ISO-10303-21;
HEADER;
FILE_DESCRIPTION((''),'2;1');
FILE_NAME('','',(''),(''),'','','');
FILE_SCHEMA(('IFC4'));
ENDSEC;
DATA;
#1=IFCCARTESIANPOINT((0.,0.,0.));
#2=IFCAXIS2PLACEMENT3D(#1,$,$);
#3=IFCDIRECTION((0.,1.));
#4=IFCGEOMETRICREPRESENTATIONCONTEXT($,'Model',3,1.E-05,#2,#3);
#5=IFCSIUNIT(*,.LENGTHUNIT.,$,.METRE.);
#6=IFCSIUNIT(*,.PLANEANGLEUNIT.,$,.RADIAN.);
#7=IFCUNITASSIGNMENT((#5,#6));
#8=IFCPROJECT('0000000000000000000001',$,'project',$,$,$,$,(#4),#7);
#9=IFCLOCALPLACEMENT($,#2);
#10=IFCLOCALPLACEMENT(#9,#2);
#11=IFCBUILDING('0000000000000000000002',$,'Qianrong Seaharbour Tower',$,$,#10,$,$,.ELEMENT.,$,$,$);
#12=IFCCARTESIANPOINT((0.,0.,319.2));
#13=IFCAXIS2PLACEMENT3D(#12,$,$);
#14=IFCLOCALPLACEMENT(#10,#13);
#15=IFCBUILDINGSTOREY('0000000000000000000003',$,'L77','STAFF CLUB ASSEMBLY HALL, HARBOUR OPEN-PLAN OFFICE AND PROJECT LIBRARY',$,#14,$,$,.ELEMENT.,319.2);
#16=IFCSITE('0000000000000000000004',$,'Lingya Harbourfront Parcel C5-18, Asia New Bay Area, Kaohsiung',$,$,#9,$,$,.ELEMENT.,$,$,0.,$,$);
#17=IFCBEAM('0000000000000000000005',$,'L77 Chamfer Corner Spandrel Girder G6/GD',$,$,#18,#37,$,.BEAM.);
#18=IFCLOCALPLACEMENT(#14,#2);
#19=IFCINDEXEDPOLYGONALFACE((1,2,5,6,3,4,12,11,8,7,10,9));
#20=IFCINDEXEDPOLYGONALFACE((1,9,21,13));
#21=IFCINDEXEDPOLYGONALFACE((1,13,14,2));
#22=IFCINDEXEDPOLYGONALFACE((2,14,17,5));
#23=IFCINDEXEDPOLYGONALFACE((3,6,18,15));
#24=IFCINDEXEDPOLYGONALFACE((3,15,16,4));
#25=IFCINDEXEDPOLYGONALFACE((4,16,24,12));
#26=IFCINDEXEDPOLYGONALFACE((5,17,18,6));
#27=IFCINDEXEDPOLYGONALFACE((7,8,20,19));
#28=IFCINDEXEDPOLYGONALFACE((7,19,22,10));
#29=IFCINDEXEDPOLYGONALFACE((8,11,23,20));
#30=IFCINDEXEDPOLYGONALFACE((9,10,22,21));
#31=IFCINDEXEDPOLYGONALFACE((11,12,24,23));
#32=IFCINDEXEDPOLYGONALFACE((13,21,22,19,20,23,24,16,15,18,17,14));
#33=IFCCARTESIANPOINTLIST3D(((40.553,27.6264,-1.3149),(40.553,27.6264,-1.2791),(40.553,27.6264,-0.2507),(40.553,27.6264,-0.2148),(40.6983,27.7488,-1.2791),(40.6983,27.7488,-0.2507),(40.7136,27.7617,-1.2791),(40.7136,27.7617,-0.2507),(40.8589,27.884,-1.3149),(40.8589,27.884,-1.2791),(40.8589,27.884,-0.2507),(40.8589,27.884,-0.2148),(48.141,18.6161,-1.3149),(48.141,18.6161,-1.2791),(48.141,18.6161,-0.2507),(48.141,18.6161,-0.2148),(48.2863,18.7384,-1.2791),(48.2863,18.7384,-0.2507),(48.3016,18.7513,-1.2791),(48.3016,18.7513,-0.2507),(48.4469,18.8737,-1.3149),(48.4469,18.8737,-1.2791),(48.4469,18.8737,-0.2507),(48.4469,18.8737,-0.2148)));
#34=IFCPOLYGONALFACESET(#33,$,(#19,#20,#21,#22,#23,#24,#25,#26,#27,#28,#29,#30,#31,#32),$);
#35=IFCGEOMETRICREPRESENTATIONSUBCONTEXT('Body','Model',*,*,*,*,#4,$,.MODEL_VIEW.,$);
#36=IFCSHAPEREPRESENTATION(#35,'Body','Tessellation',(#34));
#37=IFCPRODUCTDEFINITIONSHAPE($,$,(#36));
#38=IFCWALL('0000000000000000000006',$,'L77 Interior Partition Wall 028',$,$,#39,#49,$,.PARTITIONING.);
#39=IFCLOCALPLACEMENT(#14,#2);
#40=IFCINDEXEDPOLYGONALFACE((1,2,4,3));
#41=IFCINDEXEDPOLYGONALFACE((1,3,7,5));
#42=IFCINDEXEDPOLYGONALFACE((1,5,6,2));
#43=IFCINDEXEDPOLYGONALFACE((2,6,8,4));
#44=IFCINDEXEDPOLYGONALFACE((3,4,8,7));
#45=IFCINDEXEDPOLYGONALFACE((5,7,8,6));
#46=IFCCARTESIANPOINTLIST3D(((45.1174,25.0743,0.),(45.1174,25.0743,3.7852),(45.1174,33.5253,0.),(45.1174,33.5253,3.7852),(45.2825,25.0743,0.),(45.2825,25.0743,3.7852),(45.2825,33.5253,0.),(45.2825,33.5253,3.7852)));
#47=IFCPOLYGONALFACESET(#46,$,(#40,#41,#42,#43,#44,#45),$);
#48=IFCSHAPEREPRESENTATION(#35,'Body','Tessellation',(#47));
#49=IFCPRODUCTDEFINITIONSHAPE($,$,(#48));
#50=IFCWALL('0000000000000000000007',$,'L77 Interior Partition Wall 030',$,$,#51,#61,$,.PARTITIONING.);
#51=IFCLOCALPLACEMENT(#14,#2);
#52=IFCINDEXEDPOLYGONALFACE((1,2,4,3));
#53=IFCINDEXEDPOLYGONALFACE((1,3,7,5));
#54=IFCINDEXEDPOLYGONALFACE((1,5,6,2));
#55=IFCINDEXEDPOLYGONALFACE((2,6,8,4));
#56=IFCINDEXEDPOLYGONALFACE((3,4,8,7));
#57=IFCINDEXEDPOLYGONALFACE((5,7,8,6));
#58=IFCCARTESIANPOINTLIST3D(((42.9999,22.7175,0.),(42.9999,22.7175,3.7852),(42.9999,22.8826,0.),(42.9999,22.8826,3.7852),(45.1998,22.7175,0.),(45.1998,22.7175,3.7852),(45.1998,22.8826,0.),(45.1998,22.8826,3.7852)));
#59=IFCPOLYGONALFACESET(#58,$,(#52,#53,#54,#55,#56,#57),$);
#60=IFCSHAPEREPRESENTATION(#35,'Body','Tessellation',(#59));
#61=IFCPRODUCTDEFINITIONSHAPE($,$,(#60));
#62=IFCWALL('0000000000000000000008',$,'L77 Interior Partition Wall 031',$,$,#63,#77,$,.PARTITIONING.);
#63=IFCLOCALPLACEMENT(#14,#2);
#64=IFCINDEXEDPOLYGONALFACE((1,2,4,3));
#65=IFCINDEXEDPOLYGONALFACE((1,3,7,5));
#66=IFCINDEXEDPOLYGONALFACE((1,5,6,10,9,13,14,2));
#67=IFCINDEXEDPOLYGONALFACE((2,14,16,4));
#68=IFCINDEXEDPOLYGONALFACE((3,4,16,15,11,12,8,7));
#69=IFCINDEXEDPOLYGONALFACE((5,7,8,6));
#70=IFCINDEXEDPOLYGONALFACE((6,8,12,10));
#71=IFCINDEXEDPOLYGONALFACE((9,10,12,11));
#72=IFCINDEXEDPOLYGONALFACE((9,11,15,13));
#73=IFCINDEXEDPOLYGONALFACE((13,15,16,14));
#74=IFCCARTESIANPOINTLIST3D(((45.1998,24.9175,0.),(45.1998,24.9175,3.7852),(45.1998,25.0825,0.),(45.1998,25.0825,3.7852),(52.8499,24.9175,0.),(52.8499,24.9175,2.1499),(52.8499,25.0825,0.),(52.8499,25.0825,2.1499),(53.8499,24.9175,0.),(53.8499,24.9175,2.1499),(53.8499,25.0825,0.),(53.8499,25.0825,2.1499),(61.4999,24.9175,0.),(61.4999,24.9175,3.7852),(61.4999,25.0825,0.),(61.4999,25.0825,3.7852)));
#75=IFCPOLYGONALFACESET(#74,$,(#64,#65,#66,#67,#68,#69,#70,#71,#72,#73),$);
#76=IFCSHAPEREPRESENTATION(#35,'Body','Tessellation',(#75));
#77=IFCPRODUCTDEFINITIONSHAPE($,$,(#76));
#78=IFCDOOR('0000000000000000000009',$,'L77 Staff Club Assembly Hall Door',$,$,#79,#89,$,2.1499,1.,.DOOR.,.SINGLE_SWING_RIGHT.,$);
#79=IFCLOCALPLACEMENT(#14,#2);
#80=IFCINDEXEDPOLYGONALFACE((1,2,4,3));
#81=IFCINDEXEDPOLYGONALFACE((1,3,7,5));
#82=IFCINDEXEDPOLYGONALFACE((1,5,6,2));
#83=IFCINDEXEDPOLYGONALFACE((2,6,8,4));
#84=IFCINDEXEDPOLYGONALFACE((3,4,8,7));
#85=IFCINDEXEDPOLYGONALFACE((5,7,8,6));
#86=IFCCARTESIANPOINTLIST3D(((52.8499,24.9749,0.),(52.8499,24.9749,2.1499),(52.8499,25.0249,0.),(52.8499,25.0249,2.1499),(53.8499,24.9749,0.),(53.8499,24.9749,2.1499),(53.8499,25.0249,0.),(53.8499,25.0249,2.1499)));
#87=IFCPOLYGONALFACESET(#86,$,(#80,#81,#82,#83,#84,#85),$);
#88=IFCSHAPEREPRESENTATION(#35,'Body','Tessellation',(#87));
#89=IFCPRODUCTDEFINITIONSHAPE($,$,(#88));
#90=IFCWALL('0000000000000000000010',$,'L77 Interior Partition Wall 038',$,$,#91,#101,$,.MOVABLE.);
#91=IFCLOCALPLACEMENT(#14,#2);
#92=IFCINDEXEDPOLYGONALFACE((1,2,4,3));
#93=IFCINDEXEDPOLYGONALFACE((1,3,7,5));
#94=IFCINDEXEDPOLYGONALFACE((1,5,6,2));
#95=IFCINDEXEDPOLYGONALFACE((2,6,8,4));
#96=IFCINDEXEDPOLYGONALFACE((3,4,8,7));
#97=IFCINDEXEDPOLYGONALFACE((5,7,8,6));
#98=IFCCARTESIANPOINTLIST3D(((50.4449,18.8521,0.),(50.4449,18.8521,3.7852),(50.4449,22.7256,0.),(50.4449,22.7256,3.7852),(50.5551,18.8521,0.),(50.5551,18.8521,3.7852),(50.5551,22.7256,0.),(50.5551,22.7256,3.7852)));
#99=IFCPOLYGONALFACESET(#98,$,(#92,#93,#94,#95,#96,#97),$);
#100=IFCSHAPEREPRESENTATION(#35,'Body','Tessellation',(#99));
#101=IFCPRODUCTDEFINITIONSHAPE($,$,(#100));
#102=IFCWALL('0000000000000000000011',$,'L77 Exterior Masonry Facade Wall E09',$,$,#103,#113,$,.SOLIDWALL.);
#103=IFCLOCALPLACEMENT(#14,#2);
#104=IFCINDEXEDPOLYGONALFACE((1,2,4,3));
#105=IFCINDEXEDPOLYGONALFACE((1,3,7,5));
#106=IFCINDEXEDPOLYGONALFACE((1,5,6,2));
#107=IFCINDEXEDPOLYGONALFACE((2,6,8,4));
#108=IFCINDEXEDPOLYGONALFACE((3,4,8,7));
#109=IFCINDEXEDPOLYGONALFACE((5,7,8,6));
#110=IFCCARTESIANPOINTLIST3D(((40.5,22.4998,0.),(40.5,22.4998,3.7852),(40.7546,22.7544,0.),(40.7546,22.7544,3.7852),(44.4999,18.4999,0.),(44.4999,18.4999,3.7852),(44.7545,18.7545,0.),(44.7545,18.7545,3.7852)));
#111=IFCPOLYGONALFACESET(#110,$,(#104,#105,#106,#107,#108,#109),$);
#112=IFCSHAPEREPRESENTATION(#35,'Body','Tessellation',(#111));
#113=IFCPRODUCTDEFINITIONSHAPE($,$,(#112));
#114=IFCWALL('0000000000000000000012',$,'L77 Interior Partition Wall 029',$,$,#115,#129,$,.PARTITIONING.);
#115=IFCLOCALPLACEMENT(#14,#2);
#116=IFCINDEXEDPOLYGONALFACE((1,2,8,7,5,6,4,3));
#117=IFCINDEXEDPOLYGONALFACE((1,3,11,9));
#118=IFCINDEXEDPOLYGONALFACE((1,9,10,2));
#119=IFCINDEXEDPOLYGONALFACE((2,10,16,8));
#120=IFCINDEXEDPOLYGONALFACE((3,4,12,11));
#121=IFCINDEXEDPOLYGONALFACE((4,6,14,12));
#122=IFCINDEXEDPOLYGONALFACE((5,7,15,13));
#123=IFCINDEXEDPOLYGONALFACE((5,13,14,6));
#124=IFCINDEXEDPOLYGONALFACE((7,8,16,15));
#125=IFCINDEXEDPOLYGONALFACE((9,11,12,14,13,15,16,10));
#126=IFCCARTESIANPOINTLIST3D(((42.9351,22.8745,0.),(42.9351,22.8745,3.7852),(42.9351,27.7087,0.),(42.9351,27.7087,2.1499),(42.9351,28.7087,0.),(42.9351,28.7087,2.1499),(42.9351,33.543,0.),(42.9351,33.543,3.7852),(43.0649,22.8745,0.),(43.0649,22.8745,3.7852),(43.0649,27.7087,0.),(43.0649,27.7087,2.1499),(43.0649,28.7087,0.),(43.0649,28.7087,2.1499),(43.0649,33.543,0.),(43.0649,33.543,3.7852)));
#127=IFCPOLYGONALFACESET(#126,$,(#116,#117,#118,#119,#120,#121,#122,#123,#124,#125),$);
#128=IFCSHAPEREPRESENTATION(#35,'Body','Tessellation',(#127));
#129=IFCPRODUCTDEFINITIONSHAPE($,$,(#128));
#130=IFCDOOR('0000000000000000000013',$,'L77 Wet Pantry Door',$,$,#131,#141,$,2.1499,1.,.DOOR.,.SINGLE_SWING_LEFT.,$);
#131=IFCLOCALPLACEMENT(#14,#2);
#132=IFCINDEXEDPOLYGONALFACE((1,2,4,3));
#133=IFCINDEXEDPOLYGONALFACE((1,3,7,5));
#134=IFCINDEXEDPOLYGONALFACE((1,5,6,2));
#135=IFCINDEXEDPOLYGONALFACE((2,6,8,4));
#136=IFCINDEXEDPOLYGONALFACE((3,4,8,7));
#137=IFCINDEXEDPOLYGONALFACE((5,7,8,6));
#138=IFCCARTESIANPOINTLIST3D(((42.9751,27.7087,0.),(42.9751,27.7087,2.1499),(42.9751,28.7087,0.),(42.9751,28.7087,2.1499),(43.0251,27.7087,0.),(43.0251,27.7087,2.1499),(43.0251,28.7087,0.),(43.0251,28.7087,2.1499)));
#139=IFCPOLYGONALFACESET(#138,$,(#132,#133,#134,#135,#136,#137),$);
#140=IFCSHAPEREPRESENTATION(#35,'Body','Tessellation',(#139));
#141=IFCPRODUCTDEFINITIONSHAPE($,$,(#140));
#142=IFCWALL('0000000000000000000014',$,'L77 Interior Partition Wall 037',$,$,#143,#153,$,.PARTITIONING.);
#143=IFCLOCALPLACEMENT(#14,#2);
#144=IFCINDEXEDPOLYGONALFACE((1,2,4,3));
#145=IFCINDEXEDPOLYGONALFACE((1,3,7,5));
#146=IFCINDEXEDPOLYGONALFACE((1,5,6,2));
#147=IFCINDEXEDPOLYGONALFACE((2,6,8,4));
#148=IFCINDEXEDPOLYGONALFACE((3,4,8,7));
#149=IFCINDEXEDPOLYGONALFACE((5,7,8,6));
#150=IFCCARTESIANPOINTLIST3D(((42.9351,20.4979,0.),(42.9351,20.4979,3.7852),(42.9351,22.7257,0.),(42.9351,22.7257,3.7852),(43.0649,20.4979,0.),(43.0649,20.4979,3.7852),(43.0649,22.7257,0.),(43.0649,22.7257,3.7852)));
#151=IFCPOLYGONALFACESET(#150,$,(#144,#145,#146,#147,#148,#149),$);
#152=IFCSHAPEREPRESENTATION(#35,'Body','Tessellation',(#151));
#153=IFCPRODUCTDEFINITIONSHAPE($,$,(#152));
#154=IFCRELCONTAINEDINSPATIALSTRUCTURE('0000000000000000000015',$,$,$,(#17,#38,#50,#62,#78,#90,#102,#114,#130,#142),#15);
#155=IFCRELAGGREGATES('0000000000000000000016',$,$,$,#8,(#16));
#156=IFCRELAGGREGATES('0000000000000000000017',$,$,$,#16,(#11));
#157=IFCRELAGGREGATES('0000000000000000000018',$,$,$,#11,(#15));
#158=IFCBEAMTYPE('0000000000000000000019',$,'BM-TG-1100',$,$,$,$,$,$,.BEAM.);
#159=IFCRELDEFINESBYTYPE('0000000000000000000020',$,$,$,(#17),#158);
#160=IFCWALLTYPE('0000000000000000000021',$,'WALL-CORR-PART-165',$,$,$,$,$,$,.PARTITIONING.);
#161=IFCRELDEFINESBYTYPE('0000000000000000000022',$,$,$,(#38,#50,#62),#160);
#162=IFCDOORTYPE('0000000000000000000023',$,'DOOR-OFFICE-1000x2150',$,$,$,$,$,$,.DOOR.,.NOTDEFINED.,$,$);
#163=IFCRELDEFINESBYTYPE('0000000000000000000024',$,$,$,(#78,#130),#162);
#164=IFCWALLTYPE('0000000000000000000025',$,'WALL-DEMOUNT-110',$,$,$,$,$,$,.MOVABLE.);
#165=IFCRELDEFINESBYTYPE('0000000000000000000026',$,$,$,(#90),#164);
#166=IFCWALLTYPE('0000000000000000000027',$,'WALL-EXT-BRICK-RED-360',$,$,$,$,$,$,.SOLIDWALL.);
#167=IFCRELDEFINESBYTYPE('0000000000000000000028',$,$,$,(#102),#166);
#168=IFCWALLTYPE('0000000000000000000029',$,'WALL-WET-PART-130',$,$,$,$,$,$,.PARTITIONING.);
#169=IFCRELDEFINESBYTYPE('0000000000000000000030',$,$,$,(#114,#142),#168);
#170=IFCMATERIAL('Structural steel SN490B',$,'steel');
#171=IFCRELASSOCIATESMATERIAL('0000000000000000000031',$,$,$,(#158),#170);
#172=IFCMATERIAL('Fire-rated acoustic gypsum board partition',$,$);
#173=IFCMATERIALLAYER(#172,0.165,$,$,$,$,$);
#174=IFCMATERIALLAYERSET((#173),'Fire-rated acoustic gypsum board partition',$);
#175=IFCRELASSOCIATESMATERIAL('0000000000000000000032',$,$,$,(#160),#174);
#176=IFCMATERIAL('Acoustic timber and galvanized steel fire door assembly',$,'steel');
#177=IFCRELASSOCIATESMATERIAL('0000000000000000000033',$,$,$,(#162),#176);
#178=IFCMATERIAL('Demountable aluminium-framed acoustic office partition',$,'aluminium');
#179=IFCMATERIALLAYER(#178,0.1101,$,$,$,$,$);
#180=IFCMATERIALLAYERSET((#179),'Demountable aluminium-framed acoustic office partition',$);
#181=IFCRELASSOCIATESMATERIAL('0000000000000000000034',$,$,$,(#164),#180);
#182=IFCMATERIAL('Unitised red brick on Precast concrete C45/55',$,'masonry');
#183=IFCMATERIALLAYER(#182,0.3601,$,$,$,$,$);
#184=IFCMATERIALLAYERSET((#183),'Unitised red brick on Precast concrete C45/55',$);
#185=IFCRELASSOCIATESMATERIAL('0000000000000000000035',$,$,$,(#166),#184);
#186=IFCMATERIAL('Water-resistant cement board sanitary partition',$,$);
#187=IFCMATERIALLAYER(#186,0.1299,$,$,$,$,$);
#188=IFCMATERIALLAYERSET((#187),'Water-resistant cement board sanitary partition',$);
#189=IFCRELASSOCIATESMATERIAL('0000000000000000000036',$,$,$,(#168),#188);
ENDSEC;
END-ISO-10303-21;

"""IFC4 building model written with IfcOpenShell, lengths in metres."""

from ifc_helpers import new_model, si_unit, direction, frame, frame_2d, origin, origin_2d, place, context, subcontext, project, spatial, rectangle, i_section, extrude, material, layer, layer_set, material_profile, profile_set, type_object, element, fill, save


model = new_model("IFC4")

# Units and contexts
model_context = context("Model", 3, precision=1e-05, world=origin(), true_north=direction((0.0, 1.0)))
body_context = subcontext(model_context, "Body", "Model", "MODEL_VIEW")
ifc_project = project(units=[si_unit("LENGTHUNIT", "METRE"), si_unit("PLANEANGLEUNIT", "RADIAN")], contexts=[model_context])

# Site, building, storey
site_placement = place(None, origin())
site = spatial("IfcSite", under=ifc_project, at=site_placement, Name="Lingya Harbourfront Parcel C5-18, Asia New Bay Area, Kaohsiung", CompositionType="ELEMENT", RefElevation=0.0)
building_placement = place(site_placement, origin())
building = spatial("IfcBuilding", under=site, at=building_placement, Name="Qianrong Seaharbour Tower", CompositionType="ELEMENT")
storey_placement = place(building_placement, frame((0.0, 0.0, 319.2)))
storey = spatial("IfcBuildingStorey", under=building, at=storey_placement, Name="L77", Description="STAFF CLUB ASSEMBLY HALL, HARBOUR OPEN-PLAN OFFICE AND PROJECT LIBRARY", CompositionType="ELEMENT", Elevation=319.2)

# Beam
ifc_material_1 = material(Name="Structural steel SN490B", Category="steel")
ifc_material_profile_1 = material_profile(ifc_material_1, i_section(OverallWidth=0.3999, OverallDepth=1.1001, WebThickness=0.02, FlangeThickness=0.0359, at=origin_2d()), Name="BH1100x400x20x36")
ifc_profile_set_1 = profile_set([ifc_material_profile_1], Name="Structural steel SN490B")
beam_type_1 = type_object("IfcBeamType", Name="BM-TG-1100", PredefinedType="BEAM", material=ifc_profile_set_1)
beam_1_placement = place(storey_placement, frame((48.2939, 18.7449, -0.7649), z_axis=(-0.644151, 0.764898, 0.0), x_axis=(-0.764898, -0.644151, 0.0)))
element("IfcBeam", 1, at=beam_1_placement, inside=storey, type_object=beam_type_1, Name="L77 Chamfer Corner Spandrel Girder G6/GD", PredefinedType="BEAM", context=body_context, shape_type="SweptSolid", body=[
    extrude(i_section(OverallWidth=0.3999, OverallDepth=1.1001, WebThickness=0.02, FlangeThickness=0.0359, at=origin_2d()), origin(), (0.0, 0.0, 1.0), 11.7798),
])

# Shared definitions
ifc_material_2 = material(Name="Fire-rated acoustic gypsum board partition")
ifc_layer_1 = layer(ifc_material_2, 0.165)
ifc_layer_set_1 = layer_set([ifc_layer_1], Name="Fire-rated acoustic gypsum board partition")
wall_type_1 = type_object("IfcWallType", Name="WALL-CORR-PART-165", PredefinedType="PARTITIONING", material=ifc_layer_set_1)
ifc_material_3 = material(Name="Acoustic timber and galvanized steel fire door assembly", Category="steel")
door_type = type_object("IfcDoorType", Name="DOOR-OFFICE-1000x2150", OperationType="NOTDEFINED", PredefinedType="DOOR", material=ifc_material_3)

# Walls
wall_1_placement = place(storey_placement, frame((45.2, 33.5254, 0.0), z_axis=(0.0, 0.0, 1.0), x_axis=(0.0, -1.0, 0.0)))
element("IfcWall", 2, at=wall_1_placement, inside=storey, type_object=wall_type_1, Name="L77 Interior Partition Wall 028", PredefinedType="PARTITIONING", context=body_context, shape_type="SweptSolid", body=[
    extrude(rectangle(XDim=8.4509, YDim=0.165, at=frame_2d((4.2256, 0.0))), origin(), (0.0, 0.0, 1.0), 3.7852),
])
wall_2_placement = place(storey_placement, frame((45.2, 22.8, 0.0), z_axis=(0.0, 0.0, 1.0), x_axis=(-1.0, 0.0, 0.0)))
element("IfcWall", 3, at=wall_2_placement, inside=storey, type_object=wall_type_1, Name="L77 Interior Partition Wall 030", PredefinedType="PARTITIONING", context=body_context, shape_type="SweptSolid", body=[
    extrude(rectangle(XDim=2.2, YDim=0.165, at=frame_2d((1.1001, 0.0))), origin(), (0.0, 0.0, 1.0), 3.7852),
])

# Wall, opening, door
wall_3_placement = place(storey_placement, frame((45.2, 25.0, 0.0), z_axis=(0.0, 0.0, 1.0), x_axis=(1.0, 0.0, 0.0)))
wall_3 = element("IfcWall", 4, at=wall_3_placement, inside=storey, type_object=wall_type_1, Name="L77 Interior Partition Wall 031", PredefinedType="PARTITIONING", context=body_context, shape_type="SweptSolid", body=[
    extrude(rectangle(XDim=16.3, YDim=0.165, at=frame_2d((8.1499, 0.0))), origin(), (0.0, 0.0, 1.0), 3.7852),
])
opening_1_placement = place(wall_3_placement, frame((7.6499, 0.0, 0.0)))
opening_1 = element("IfcOpeningElement", 5, at=opening_1_placement, cuts=wall_3, PredefinedType="OPENING", context=body_context, shape_type="SweptSolid", body=[
    extrude(rectangle(XDim=1.0, YDim=2.1499, at=frame_2d((0.5, 1.075))), frame((0.0, 0.0925, 0.0), z_axis=(0.0, -1.0, 0.0), x_axis=(1.0, 0.0, 0.0)), (0.0, 0.0, 1.0), 0.1851),
])
door_1_placement = place(opening_1_placement, origin())
door_1 = element("IfcDoor", 6, at=door_1_placement, inside=storey, type_object=door_type, Name="L77 Staff Club Assembly Hall Door", OperationType="SINGLE_SWING_RIGHT", OverallHeight=2.1499, OverallWidth=1.0, PredefinedType="DOOR", context=body_context, shape_type="SweptSolid", body=[
    extrude(rectangle(XDim=1.0, YDim=2.1499, at=frame_2d((0.5, 1.075))), frame((0.0, 0.0249, 0.0), z_axis=(0.0, -1.0, 0.0), x_axis=(1.0, 0.0, 0.0)), (0.0, 0.0, 1.0), 0.05),
])
fill(opening_1, door_1)

# Walls
ifc_material_4 = material(Name="Demountable aluminium-framed acoustic office partition", Category="aluminium")
ifc_layer_2 = layer(ifc_material_4, 0.1101)
ifc_layer_set_2 = layer_set([ifc_layer_2], Name="Demountable aluminium-framed acoustic office partition")
wall_type_2 = type_object("IfcWallType", Name="WALL-DEMOUNT-110", PredefinedType="MOVABLE", material=ifc_layer_set_2)
wall_4_placement = place(storey_placement, frame((50.5, 22.7256, 0.0), z_axis=(0.0, 0.0, 1.0), x_axis=(0.0, -1.0, 0.0)))
element("IfcWall", 7, at=wall_4_placement, inside=storey, type_object=wall_type_2, Name="L77 Interior Partition Wall 038", PredefinedType="MOVABLE", context=body_context, shape_type="SweptSolid", body=[
    extrude(rectangle(XDim=3.8735, YDim=0.1101, at=frame_2d((1.9368, 0.0))), origin(), (0.0, 0.0, 1.0), 3.7852),
])
ifc_material_5 = material(Name="Unitised red brick on Precast concrete C45/55", Category="masonry")
ifc_layer_3 = layer(ifc_material_5, 0.3601)
ifc_layer_set_3 = layer_set([ifc_layer_3], Name="Unitised red brick on Precast concrete C45/55")
wall_type_3 = type_object("IfcWallType", Name="WALL-EXT-BRICK-RED-360", PredefinedType="SOLIDWALL", material=ifc_layer_set_3)
wall_5_placement = place(storey_placement, frame((44.6272, 18.6272, 0.0), z_axis=(0.0, 0.0, 1.0), x_axis=(-0.707107, 0.707107, 0.0)))
element("IfcWall", 8, at=wall_5_placement, inside=storey, type_object=wall_type_3, Name="L77 Exterior Masonry Facade Wall E09", PredefinedType="SOLIDWALL", context=body_context, shape_type="SweptSolid", body=[
    extrude(rectangle(XDim=5.6567, YDim=0.3601, at=frame_2d((2.8284, 0.0))), origin(), (0.0, 0.0, 1.0), 3.7852),
])

# Wall, opening, door
ifc_material_6 = material(Name="Water-resistant cement board sanitary partition")
ifc_layer_4 = layer(ifc_material_6, 0.1299)
ifc_layer_set_4 = layer_set([ifc_layer_4], Name="Water-resistant cement board sanitary partition")
wall_type_4 = type_object("IfcWallType", Name="WALL-WET-PART-130", PredefinedType="PARTITIONING", material=ifc_layer_set_4)
wall_6_placement = place(storey_placement, frame((43.0, 22.8745, 0.0), z_axis=(0.0, 0.0, 1.0), x_axis=(0.0, 1.0, 0.0)))
wall_6 = element("IfcWall", 9, at=wall_6_placement, inside=storey, type_object=wall_type_4, Name="L77 Interior Partition Wall 029", PredefinedType="PARTITIONING", context=body_context, shape_type="SweptSolid", body=[
    extrude(rectangle(XDim=10.6685, YDim=0.1299, at=frame_2d((5.3342, 0.0))), origin(), (0.0, 0.0, 1.0), 3.7852),
])
opening_2_placement = place(wall_6_placement, frame((4.8342, 0.0, 0.0)))
opening_2 = element("IfcOpeningElement", 10, at=opening_2_placement, cuts=wall_6, PredefinedType="OPENING", context=body_context, shape_type="SweptSolid", body=[
    extrude(rectangle(XDim=1.0, YDim=2.1499, at=frame_2d((0.5, 1.075))), frame((0.0, 0.075, 0.0), z_axis=(0.0, -1.0, 0.0), x_axis=(1.0, 0.0, 0.0)), (0.0, 0.0, 1.0), 0.1499),
])
door_2_placement = place(opening_2_placement, origin())
door_2 = element("IfcDoor", 11, at=door_2_placement, inside=storey, type_object=door_type, Name="L77 Wet Pantry Door", OperationType="SINGLE_SWING_LEFT", OverallHeight=2.1499, OverallWidth=1.0, PredefinedType="DOOR", context=body_context, shape_type="SweptSolid", body=[
    extrude(rectangle(XDim=1.0, YDim=2.1499, at=frame_2d((0.5, 1.075))), frame((0.0, 0.0249, 0.0), z_axis=(0.0, -1.0, 0.0), x_axis=(1.0, 0.0, 0.0)), (0.0, 0.0, 1.0), 0.05),
])
fill(opening_2, door_2)

# Wall
wall_7_placement = place(storey_placement, frame((43.0, 22.7256, 0.0), z_axis=(0.0, 0.0, 1.0), x_axis=(0.0, -1.0, 0.0)))
element("IfcWall", 12, at=wall_7_placement, inside=storey, type_object=wall_type_4, Name="L77 Interior Partition Wall 037", PredefinedType="PARTITIONING", context=body_context, shape_type="SweptSolid", body=[
    extrude(rectangle(XDim=2.2278, YDim=0.1299, at=frame_2d((1.1138, 0.0))), origin(), (0.0, 0.0, 1.0), 3.7852),
])

save(model, "model.ifc")
